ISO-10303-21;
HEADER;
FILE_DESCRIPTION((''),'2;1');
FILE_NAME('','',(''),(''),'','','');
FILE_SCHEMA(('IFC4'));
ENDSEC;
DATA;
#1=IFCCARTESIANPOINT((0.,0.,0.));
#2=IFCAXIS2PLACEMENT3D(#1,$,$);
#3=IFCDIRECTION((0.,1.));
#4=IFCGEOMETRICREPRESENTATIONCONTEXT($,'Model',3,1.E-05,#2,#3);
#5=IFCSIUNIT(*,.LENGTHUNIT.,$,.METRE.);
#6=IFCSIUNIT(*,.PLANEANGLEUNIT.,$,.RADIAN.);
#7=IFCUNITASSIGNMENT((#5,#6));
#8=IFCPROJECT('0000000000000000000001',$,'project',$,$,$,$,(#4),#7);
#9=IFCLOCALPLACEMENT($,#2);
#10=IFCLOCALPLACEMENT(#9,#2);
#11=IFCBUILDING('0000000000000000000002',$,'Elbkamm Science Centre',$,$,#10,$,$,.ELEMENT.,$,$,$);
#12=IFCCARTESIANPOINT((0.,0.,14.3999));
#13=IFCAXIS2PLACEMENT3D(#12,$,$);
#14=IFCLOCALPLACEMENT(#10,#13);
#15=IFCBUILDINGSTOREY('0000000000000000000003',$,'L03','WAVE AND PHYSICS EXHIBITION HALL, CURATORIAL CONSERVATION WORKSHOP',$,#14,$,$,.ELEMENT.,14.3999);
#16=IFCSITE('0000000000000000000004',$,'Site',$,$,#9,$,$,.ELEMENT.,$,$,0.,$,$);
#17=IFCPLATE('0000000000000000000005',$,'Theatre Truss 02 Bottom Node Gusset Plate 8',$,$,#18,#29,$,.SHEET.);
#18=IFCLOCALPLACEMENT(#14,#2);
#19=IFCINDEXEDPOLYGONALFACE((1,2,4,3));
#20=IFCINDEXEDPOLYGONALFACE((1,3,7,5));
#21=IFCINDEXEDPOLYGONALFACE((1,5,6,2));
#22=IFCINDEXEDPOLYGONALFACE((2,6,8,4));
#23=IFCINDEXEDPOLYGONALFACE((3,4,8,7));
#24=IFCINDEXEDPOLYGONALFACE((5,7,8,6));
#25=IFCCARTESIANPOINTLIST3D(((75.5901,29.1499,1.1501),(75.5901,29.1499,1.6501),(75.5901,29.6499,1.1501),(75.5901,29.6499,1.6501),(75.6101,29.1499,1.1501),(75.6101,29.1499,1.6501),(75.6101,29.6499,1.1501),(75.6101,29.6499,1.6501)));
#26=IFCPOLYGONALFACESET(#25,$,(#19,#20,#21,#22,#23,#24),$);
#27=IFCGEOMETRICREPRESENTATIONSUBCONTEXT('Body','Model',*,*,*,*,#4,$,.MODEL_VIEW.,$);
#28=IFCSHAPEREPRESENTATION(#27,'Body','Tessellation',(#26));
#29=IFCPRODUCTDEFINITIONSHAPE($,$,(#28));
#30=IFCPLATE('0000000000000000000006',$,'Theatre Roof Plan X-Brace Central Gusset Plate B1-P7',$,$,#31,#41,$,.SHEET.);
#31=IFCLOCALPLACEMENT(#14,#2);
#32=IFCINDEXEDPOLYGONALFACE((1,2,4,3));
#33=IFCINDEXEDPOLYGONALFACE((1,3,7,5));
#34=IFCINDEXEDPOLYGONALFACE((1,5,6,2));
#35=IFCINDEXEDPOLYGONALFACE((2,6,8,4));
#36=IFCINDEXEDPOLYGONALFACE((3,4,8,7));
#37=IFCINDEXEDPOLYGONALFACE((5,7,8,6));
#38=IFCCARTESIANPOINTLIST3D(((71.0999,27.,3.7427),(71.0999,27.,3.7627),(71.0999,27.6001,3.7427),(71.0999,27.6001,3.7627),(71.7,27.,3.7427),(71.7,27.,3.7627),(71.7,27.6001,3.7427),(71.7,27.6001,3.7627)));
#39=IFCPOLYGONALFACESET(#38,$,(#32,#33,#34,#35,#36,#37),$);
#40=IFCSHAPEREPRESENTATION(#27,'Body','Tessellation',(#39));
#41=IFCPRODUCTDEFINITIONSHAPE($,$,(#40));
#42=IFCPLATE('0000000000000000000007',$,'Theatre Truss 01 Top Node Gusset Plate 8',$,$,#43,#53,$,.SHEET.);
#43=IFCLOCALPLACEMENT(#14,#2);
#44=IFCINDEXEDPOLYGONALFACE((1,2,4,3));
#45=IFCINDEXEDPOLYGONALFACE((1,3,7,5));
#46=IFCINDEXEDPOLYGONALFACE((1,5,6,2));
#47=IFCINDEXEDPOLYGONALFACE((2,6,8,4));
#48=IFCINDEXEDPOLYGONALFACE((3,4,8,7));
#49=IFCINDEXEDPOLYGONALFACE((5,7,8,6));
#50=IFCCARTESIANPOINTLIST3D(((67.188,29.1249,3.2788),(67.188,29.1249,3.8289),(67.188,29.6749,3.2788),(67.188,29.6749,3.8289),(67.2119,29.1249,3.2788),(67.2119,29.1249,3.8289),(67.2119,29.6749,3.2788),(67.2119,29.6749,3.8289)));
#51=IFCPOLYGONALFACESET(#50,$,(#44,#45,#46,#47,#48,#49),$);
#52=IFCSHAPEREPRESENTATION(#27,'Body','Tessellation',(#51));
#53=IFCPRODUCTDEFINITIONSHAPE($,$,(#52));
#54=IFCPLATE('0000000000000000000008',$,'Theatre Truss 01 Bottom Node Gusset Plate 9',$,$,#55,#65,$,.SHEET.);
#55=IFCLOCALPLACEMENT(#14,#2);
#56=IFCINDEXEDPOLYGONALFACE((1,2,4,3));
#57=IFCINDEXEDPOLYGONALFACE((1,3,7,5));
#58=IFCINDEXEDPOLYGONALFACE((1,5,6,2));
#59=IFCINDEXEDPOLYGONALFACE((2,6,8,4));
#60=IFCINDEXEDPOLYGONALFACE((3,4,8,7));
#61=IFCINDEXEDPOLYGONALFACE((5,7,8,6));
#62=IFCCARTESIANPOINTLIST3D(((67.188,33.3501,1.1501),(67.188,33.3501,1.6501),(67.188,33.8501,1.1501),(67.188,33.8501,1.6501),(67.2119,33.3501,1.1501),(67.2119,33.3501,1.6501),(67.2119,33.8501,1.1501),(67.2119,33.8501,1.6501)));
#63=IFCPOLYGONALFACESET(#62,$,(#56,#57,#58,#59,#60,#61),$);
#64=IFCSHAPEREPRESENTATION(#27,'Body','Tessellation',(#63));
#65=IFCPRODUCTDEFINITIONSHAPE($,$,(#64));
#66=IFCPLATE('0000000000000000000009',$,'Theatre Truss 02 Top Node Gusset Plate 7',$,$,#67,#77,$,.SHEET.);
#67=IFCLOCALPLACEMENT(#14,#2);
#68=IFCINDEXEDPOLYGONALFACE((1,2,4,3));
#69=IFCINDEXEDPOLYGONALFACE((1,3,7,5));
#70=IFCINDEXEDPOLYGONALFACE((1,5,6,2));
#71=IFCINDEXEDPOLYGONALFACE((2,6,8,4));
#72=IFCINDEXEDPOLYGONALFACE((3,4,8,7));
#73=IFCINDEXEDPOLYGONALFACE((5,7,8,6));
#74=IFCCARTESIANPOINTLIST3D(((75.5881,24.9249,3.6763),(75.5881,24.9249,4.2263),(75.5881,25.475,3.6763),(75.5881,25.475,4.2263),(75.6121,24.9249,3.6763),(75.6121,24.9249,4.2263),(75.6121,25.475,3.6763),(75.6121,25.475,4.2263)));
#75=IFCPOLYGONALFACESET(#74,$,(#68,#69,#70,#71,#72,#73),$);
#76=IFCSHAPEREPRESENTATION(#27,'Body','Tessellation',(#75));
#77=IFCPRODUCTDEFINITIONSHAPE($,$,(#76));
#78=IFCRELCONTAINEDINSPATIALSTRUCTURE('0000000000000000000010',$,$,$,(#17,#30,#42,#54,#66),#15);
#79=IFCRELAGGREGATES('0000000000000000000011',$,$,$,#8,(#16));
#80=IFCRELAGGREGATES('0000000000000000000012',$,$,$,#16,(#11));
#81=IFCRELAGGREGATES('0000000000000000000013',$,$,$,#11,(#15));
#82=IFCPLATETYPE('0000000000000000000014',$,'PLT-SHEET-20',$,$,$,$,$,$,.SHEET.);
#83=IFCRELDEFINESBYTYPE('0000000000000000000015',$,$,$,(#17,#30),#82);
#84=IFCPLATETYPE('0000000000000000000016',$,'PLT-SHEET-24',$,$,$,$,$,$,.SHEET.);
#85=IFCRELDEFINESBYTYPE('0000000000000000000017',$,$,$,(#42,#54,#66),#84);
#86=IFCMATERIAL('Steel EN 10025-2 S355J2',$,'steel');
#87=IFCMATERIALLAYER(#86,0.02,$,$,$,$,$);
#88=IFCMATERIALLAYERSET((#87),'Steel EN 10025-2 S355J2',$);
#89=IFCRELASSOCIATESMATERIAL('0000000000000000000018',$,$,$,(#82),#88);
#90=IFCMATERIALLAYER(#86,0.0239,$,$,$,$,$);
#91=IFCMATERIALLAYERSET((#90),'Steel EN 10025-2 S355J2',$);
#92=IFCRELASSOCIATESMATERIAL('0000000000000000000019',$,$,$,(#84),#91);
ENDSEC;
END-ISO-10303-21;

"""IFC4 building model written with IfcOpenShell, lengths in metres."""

from ifc_helpers import new_model, si_unit, direction, frame, origin, origin_2d, place, context, subcontext, project, spatial, rectangle, extrude, material, layer, layer_set, type_object, element, save


model = new_model("IFC4")

# Units and contexts
model_context = context("Model", 3, precision=1e-05, world=origin(), true_north=direction((0.0, 1.0)))
body_context = subcontext(model_context, "Body", "Model", "MODEL_VIEW")
ifc_project = project(units=[si_unit("LENGTHUNIT", "METRE"), si_unit("PLANEANGLEUNIT", "RADIAN")], contexts=[model_context])

# Site, building, storey
site_placement = place(None, origin())
site = spatial("IfcSite", under=ifc_project, at=site_placement, Name="Site", CompositionType="ELEMENT", RefElevation=0.0)
building_placement = place(site_placement, origin())
building = spatial("IfcBuilding", under=site, at=building_placement, Name="Elbkamm Science Centre", CompositionType="ELEMENT")
storey_placement = place(building_placement, frame((0.0, 0.0, 14.3999)))
storey = spatial("IfcBuildingStorey", under=building, at=storey_placement, Name="L03", Description="WAVE AND PHYSICS EXHIBITION HALL, CURATORIAL CONSERVATION WORKSHOP", CompositionType="ELEMENT", Elevation=14.3999)

# Shared definitions
ifc_material_1 = material(Name="Steel EN 10025-2 S355J2", Category="steel")

# Plates
ifc_layer_1 = layer(ifc_material_1, 0.02)
ifc_layer_set_1 = layer_set([ifc_layer_1], Name="Steel EN 10025-2 S355J2")
plate_type_1 = type_object("IfcPlateType", Name="PLT-SHEET-20", PredefinedType="SHEET", material=ifc_layer_set_1)
for number, where, z_axis, x_axis, name in (
    (1, (75.6001, 29.3999, 1.1501), (0.0, 0.0, 1.0), (1.0, 0.0, 0.0), "Theatre Truss 02 Bottom Node Gusset Plate 8"),
):
    element("IfcPlate", number, at=place(storey_placement, frame(where, z_axis=z_axis, x_axis=x_axis)), inside=storey, type_object=plate_type_1, Name=name, PredefinedType="SHEET", context=body_context, shape_type="SweptSolid", body=[
        extrude(rectangle(XDim=0.02, YDim=0.5, at=origin_2d()), origin(), (0.0, 0.0, 1.0), 0.5),
    ])
plate_1_placement = place(storey_placement, frame((71.3999, 27.3, 3.7427), z_axis=(0.0, 0.0, 1.0), x_axis=(1.0, 0.0, 0.0)))
element("IfcPlate", 2, at=plate_1_placement, inside=storey, type_object=plate_type_1, Name="Theatre Roof Plan X-Brace Central Gusset Plate B1-P7", PredefinedType="SHEET", context=body_context, shape_type="SweptSolid", body=[
    extrude(rectangle(XDim=0.6001, YDim=0.6001, at=origin_2d()), origin(), (0.0, 0.0, 1.0), 0.02),
])
ifc_layer_2 = layer(ifc_material_1, 0.0239)
ifc_layer_set_2 = layer_set([ifc_layer_2], Name="Steel EN 10025-2 S355J2")
plate_type_2 = type_object("IfcPlateType", Name="PLT-SHEET-24", PredefinedType="SHEET", material=ifc_layer_set_2)
plate_2_placement = place(storey_placement, frame((67.2, 29.3999, 3.2788), z_axis=(0.0, 0.0, 1.0), x_axis=(1.0, 0.0, 0.0)))
element("IfcPlate", 3, at=plate_2_placement, inside=storey, type_object=plate_type_2, Name="Theatre Truss 01 Top Node Gusset Plate 8", PredefinedType="SHEET", context=body_context, shape_type="SweptSolid", body=[
    extrude(rectangle(XDim=0.0239, YDim=0.55, at=origin_2d()), origin(), (0.0, 0.0, 1.0), 0.55),
])
plate_3_placement = place(storey_placement, frame((67.2, 33.6001, 1.1501), z_axis=(0.0, 0.0, 1.0), x_axis=(1.0, 0.0, 0.0)))
element("IfcPlate", 4, at=plate_3_placement, inside=storey, type_object=plate_type_2, Name="Theatre Truss 01 Bottom Node Gusset Plate 9", PredefinedType="SHEET", context=body_context, shape_type="SweptSolid", body=[
    extrude(rectangle(XDim=0.0239, YDim=0.5, at=origin_2d()), origin(), (0.0, 0.0, 1.0), 0.5),
])
plate_4_placement = place(storey_placement, frame((75.6001, 25.2, 3.6763), z_axis=(0.0, 0.0, 1.0), x_axis=(1.0, 0.0, 0.0)))
element("IfcPlate", 5, at=plate_4_placement, inside=storey, type_object=plate_type_2, Name="Theatre Truss 02 Top Node Gusset Plate 7", PredefinedType="SHEET", context=body_context, shape_type="SweptSolid", body=[
    extrude(rectangle(XDim=0.0239, YDim=0.55, at=origin_2d()), origin(), (0.0, 0.0, 1.0), 0.55),
])

save(model, "model.ifc")
